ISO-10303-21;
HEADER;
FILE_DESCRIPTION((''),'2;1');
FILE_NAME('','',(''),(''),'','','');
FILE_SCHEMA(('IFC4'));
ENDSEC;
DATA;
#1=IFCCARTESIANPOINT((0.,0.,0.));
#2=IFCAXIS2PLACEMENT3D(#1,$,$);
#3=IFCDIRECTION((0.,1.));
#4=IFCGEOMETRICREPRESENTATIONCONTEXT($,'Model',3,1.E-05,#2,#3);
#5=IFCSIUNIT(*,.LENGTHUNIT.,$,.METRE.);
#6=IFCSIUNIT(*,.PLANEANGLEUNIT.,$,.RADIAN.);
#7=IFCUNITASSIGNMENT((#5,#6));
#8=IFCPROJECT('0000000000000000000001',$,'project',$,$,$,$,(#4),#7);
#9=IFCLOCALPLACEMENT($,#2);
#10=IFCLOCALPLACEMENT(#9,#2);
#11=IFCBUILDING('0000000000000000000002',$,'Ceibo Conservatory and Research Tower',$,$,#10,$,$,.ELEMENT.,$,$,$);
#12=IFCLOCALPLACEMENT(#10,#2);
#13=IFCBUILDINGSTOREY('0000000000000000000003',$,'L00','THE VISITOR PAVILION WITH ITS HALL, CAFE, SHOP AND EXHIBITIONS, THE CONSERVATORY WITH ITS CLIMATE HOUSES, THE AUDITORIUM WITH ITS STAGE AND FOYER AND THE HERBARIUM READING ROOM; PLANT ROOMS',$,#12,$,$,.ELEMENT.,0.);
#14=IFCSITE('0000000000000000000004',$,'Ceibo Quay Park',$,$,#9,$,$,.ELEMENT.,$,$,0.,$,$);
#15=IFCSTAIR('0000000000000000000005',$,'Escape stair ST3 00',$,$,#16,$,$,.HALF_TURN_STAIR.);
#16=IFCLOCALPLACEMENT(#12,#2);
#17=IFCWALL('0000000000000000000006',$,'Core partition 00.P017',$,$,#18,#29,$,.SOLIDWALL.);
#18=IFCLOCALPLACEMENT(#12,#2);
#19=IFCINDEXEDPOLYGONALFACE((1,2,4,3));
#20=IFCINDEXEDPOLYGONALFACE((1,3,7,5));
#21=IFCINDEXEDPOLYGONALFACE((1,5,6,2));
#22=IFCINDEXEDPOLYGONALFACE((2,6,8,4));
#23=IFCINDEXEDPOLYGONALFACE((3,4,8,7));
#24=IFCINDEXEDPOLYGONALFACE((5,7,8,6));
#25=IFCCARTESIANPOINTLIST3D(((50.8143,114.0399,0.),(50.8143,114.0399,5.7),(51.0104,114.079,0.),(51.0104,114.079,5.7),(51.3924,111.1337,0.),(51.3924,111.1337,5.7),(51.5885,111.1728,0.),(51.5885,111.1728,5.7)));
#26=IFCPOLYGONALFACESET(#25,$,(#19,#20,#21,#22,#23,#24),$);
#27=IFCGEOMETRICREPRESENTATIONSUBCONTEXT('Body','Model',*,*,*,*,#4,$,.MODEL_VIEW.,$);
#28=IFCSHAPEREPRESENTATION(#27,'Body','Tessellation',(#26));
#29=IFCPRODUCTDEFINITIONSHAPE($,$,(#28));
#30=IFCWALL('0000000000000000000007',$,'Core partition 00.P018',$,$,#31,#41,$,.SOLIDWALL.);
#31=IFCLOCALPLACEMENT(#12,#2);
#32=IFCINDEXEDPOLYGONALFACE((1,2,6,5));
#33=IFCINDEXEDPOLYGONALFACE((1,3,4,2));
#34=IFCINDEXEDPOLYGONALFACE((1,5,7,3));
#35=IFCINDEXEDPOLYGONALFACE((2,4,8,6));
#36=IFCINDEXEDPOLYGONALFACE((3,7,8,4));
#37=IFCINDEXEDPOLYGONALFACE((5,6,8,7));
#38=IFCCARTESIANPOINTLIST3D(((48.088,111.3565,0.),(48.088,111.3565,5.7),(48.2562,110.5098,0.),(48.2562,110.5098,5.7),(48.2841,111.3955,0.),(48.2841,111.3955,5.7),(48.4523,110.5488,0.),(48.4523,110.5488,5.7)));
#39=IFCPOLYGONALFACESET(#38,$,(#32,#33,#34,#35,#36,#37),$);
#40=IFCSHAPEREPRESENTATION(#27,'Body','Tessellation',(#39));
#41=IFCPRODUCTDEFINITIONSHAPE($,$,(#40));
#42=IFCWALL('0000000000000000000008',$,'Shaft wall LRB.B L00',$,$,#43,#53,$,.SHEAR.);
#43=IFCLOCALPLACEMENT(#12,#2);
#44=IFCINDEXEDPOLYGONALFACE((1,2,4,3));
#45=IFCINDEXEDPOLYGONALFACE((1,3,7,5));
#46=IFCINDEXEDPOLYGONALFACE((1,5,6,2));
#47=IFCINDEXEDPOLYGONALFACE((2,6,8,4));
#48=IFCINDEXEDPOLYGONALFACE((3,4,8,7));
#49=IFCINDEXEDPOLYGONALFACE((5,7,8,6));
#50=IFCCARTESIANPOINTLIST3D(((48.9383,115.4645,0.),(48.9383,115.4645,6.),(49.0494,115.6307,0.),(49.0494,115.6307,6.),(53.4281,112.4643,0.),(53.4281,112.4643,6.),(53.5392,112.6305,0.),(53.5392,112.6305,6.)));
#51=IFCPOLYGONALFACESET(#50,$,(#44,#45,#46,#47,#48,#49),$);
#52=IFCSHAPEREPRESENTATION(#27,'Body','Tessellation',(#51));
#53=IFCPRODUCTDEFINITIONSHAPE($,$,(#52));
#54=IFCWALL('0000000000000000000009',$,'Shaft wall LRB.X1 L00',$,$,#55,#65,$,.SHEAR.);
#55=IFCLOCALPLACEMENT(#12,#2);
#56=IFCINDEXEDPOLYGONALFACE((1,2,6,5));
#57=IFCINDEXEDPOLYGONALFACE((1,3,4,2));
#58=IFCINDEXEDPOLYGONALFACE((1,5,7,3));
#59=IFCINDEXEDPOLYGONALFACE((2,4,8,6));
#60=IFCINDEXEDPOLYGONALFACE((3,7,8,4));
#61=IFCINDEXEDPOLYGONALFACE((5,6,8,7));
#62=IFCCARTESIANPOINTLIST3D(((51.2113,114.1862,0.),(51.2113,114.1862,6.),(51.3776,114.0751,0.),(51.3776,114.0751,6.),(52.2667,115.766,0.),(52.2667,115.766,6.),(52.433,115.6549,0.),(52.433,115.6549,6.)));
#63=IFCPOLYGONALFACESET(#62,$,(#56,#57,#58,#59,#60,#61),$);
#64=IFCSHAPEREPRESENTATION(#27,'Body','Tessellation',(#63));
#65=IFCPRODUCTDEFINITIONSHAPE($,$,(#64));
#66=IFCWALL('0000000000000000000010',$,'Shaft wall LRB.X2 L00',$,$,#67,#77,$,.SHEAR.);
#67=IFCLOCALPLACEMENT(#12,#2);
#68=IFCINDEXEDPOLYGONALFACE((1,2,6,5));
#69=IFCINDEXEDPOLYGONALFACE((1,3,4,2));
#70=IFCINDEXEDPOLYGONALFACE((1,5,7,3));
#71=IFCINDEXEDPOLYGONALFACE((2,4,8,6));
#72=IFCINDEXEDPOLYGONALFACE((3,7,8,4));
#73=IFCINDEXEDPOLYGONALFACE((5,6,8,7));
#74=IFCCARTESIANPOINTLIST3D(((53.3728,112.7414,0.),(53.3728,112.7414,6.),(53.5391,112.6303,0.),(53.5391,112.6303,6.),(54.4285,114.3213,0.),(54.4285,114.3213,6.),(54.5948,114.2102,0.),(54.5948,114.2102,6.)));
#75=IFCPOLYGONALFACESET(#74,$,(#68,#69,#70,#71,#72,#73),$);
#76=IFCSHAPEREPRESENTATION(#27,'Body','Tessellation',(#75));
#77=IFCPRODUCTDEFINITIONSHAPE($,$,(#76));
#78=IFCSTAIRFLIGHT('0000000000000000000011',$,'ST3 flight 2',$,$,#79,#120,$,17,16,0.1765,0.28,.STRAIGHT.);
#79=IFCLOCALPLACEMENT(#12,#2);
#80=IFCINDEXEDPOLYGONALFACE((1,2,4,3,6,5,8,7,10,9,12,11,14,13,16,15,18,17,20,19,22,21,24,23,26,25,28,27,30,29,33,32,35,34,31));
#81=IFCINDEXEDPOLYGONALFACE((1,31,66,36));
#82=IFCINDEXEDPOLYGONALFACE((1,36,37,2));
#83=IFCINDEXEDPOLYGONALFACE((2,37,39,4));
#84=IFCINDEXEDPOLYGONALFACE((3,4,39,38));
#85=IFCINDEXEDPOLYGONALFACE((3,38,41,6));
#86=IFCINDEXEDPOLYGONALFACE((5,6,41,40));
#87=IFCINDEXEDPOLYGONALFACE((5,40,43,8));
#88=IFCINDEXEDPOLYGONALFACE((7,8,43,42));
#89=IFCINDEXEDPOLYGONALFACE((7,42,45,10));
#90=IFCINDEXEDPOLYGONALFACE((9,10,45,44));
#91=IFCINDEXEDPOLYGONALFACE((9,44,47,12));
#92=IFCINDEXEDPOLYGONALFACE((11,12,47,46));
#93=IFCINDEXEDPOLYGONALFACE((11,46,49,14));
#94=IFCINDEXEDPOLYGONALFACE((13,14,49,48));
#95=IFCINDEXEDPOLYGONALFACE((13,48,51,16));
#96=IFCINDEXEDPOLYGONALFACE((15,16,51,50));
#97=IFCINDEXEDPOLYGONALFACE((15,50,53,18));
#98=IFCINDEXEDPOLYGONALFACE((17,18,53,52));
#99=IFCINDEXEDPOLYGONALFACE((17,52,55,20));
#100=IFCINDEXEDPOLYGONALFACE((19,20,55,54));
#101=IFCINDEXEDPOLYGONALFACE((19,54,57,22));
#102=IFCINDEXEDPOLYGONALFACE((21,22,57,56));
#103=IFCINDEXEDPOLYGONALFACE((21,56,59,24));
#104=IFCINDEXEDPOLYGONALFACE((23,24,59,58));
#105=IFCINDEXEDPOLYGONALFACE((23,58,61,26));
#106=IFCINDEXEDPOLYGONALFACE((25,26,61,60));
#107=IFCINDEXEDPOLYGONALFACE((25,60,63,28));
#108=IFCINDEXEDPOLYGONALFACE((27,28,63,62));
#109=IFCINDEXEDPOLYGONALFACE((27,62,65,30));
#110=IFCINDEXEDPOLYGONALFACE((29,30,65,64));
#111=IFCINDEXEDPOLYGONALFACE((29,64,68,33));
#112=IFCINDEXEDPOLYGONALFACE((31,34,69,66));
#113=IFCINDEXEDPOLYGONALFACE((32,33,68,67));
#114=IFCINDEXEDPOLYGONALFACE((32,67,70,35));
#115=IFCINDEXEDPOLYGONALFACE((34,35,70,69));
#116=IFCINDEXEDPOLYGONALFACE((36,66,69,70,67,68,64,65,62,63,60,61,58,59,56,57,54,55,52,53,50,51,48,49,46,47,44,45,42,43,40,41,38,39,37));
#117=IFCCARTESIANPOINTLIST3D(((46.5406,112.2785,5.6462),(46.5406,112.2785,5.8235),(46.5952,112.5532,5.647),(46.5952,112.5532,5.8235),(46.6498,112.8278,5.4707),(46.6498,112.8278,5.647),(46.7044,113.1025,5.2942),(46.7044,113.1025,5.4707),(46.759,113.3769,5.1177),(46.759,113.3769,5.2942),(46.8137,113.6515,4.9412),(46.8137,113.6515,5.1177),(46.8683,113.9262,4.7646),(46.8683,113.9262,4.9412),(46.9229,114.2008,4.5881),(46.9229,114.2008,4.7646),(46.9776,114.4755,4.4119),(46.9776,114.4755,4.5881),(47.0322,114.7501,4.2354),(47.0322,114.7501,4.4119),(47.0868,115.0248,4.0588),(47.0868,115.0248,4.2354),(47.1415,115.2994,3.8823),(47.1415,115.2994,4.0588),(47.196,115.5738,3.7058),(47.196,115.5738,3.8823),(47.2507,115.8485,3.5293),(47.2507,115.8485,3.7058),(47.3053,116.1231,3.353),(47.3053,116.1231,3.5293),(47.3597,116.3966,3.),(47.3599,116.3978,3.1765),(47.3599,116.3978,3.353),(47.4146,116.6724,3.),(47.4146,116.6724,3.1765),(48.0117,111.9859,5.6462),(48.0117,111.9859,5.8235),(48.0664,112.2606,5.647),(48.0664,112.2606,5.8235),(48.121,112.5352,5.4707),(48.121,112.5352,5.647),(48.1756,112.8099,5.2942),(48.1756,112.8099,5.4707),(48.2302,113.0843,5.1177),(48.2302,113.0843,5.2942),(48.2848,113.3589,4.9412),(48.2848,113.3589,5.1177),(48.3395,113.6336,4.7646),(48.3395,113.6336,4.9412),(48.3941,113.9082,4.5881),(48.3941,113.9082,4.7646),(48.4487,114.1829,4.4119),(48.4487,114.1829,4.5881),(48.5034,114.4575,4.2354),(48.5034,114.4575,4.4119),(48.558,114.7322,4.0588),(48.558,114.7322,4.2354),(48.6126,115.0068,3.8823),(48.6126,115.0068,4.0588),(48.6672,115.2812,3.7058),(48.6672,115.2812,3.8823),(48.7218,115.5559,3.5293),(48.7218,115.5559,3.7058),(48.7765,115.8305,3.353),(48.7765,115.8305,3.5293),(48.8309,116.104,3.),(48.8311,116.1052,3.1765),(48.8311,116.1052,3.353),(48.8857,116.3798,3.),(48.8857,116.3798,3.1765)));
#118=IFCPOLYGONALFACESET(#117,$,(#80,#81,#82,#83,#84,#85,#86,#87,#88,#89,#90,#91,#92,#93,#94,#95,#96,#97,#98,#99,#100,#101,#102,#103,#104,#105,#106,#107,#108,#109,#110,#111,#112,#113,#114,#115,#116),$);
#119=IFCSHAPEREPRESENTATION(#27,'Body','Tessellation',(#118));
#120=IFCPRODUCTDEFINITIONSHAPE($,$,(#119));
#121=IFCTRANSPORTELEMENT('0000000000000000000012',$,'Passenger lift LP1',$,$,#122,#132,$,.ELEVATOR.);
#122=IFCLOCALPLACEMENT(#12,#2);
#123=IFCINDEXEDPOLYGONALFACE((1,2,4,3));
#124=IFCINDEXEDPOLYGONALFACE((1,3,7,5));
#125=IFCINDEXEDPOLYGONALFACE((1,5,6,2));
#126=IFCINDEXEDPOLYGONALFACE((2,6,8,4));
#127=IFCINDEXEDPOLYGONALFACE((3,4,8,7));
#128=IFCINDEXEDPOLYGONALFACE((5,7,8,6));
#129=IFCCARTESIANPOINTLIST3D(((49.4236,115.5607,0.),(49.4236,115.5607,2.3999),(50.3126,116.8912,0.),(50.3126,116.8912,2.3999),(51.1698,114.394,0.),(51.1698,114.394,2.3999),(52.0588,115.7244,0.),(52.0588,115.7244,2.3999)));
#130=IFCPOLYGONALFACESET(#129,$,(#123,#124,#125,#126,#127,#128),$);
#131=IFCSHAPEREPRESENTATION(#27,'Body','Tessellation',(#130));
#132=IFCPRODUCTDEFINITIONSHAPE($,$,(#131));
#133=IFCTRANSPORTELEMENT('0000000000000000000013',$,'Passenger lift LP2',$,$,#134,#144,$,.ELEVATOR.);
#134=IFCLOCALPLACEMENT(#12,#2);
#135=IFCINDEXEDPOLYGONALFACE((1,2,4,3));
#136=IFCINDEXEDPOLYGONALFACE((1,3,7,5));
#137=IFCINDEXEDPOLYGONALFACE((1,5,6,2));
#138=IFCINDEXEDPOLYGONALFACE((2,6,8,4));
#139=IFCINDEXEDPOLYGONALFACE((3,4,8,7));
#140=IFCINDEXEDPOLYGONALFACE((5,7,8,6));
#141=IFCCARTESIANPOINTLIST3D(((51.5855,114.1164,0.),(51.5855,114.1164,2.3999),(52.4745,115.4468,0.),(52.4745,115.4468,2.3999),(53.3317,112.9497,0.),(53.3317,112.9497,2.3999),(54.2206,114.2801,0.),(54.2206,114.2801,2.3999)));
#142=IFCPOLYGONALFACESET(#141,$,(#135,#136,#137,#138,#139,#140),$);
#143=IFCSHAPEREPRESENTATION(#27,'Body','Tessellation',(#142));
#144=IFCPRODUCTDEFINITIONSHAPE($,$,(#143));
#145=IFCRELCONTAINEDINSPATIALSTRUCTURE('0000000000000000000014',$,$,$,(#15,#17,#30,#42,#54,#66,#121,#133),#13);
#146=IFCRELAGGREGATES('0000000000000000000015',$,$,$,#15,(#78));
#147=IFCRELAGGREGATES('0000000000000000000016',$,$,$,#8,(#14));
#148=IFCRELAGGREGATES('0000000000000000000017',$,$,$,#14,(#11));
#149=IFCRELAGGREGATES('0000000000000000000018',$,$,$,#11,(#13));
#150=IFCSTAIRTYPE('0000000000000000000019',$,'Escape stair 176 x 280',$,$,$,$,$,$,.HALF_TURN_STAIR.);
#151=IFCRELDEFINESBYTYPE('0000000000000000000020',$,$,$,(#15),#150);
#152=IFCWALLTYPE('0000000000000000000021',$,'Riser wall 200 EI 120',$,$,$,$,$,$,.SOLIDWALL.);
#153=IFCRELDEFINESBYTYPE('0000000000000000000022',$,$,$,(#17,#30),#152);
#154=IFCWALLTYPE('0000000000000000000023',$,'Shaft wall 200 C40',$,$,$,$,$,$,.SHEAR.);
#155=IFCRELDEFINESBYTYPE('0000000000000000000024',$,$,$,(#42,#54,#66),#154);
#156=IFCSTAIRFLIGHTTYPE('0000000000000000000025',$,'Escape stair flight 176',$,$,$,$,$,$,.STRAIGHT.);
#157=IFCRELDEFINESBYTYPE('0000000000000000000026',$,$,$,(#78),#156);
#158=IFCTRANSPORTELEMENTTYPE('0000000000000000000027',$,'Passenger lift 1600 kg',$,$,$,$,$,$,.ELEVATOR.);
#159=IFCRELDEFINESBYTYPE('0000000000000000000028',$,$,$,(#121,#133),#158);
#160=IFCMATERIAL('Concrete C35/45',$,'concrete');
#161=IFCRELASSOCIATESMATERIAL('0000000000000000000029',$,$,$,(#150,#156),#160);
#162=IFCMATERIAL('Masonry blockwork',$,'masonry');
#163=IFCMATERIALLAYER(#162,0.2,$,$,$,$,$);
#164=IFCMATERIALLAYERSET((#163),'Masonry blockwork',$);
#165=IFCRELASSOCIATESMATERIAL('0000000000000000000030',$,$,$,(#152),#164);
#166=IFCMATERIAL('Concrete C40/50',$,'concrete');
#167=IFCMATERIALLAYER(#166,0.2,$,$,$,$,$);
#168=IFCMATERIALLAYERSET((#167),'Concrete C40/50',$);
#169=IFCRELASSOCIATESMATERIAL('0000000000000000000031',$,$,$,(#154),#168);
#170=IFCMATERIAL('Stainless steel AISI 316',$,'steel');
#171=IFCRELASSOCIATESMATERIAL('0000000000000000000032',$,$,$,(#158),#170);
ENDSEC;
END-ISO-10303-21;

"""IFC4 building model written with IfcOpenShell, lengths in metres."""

from ifc_helpers import new_model, si_unit, direction, frame, frame_2d, origin, origin_2d, place, context, subcontext, project, spatial, polyline, rectangle, outline, extrude, material, layer, layer_set, type_object, element, aggregate, save


model = new_model("IFC4")

# Units and contexts
model_context = context("Model", 3, precision=1e-05, world=origin(), true_north=direction((0.0, 1.0)))
body_context = subcontext(model_context, "Body", "Model", "MODEL_VIEW")
ifc_project = project(units=[si_unit("LENGTHUNIT", "METRE"), si_unit("PLANEANGLEUNIT", "RADIAN")], contexts=[model_context])

# Site, building, storey
site_placement = place(None, origin())
site = spatial("IfcSite", under=ifc_project, at=site_placement, Name="Ceibo Quay Park", CompositionType="ELEMENT", RefElevation=0.0)
building_placement = place(site_placement, origin())
building = spatial("IfcBuilding", under=site, at=building_placement, Name="Ceibo Conservatory and Research Tower", CompositionType="ELEMENT")
storey_placement = place(building_placement, origin())
storey = spatial("IfcBuildingStorey", under=building, at=storey_placement, Name="L00", Description="THE VISITOR PAVILION WITH ITS HALL, CAFE, SHOP AND EXHIBITIONS, THE CONSERVATORY WITH ITS CLIMATE HOUSES, THE AUDITORIUM WITH ITS STAGE AND FOYER AND THE HERBARIUM READING ROOM; PLANT ROOMS", CompositionType="ELEMENT", Elevation=0.0)

# Shared definitions
ifc_material_1 = material(Name="Concrete C35/45", Category="concrete")

# Stair
stair_type = type_object("IfcStairType", Name="Escape stair 176 x 280", PredefinedType="HALF_TURN_STAIR", material=ifc_material_1)
stair_placement = place(storey_placement, origin())
stair = element("IfcStair", 1, at=stair_placement, inside=storey, type_object=stair_type, Name="Escape stair ST3 00", PredefinedType="HALF_TURN_STAIR")

# Shared definitions
ifc_material_2 = material(Name="Concrete C40/50", Category="concrete")

# Walls
ifc_material_3 = material(Name="Masonry blockwork", Category="masonry")
ifc_layer_1 = layer(ifc_material_3, 0.2)
ifc_layer_set_1 = layer_set([ifc_layer_1], Name="Masonry blockwork")
wall_type_1 = type_object("IfcWallType", Name="Riser wall 200 EI 120", PredefinedType="SOLIDWALL", material=ifc_layer_set_1)
wall_1_placement = place(storey_placement, frame((50.9124, 114.0593, 0.0), z_axis=(0.0, 0.0, 1.0), x_axis=(0.195102, -0.980783, 0.0)))
element("IfcWall", 2, at=wall_1_placement, inside=storey, type_object=wall_type_1, Name="Core partition 00.P017", PredefinedType="SOLIDWALL", context=body_context, shape_type="SweptSolid", body=[
    extrude(rectangle(XDim=2.9631, YDim=0.2, at=frame_2d((1.4814, 0.0))), origin(), (0.0, 0.0, 1.0), 5.7),
])
wall_2_placement = place(storey_placement, frame((48.3542, 110.5293, 0.0), z_axis=(0.0, 0.0, 1.0), x_axis=(-0.194865, 0.98083, 0.0)))
element("IfcWall", 3, at=wall_2_placement, inside=storey, type_object=wall_type_1, Name="Core partition 00.P018", PredefinedType="SOLIDWALL", context=body_context, shape_type="SweptSolid", body=[
    extrude(rectangle(XDim=0.8633, YDim=0.2, at=frame_2d((0.4316, 0.0))), origin(), (0.0, 0.0, 1.0), 5.7),
])
ifc_layer_2 = layer(ifc_material_2, 0.2)
ifc_layer_set_2 = layer_set([ifc_layer_2], Name="Concrete C40/50")
wall_type_2 = type_object("IfcWallType", Name="Shaft wall 200 C40", PredefinedType="SHEAR", material=ifc_layer_set_2)
wall_3_placement = place(storey_placement, frame((48.9939, 115.5476, 0.0), z_axis=(0.0, 0.0, 1.0), x_axis=(0.831445, -0.555608, 0.0)))
element("IfcWall", 4, at=wall_3_placement, inside=storey, type_object=wall_type_2, Name="Shaft wall LRB.B L00", PredefinedType="SHEAR", context=body_context, shape_type="SweptSolid", body=[
    extrude(rectangle(XDim=5.3999, YDim=0.2, at=frame_2d((2.7, 0.0))), origin(), (0.0, 0.0, 1.0), 6.0),
])
wall_4_placement = place(storey_placement, frame((52.3499, 115.7104, 0.0), z_axis=(0.0, 0.0, 1.0), x_axis=(-0.555501, -0.831516, 0.0)))
element("IfcWall", 5, at=wall_4_placement, inside=storey, type_object=wall_type_2, Name="Shaft wall LRB.X1 L00", PredefinedType="SHEAR", context=body_context, shape_type="SweptSolid", body=[
    extrude(rectangle(XDim=1.8999, YDim=0.2, at=frame_2d((0.95, 0.0))), origin(), (0.0, 0.0, 1.0), 6.0),
])
wall_5_placement = place(storey_placement, frame((54.5117, 114.2659, 0.0), z_axis=(0.0, 0.0, 1.0), x_axis=(-0.555589, -0.831457, 0.0)))
element("IfcWall", 6, at=wall_5_placement, inside=storey, type_object=wall_type_2, Name="Shaft wall LRB.X2 L00", PredefinedType="SHEAR", context=body_context, shape_type="SweptSolid", body=[
    extrude(rectangle(XDim=1.9001, YDim=0.2, at=frame_2d((0.9502, 0.0))), origin(), (0.0, 0.0, 1.0), 6.0),
])

# Stair flight
stair_flight_type = type_object("IfcStairFlightType", Name="Escape stair flight 176", PredefinedType="STRAIGHT", material=ifc_material_1)
stair_flight_placement = place(storey_placement, frame((48.1501, 116.5261, 3.0), z_axis=(0.0, 0.0, 1.0), x_axis=(-0.19509, -0.980785, 0.0)))
stair_flight = element("IfcStairFlight", 7, at=stair_flight_placement, type_object=stair_flight_type, Name="ST3 flight 2", NumberOfRisers=17, NumberOfTreads=16, PredefinedType="STRAIGHT", RiserHeight=0.1765, TreadLength=0.28, context=body_context, shape_type="SweptSolid", body=[
    extrude(outline(polyline([(0.0, 0.0), (0.0, 0.1765), (0.28, 0.1765), (0.28, 0.353), (0.5601, 0.353), (0.5601, 0.5293), (0.8401, 0.5293), (0.8401, 0.7058), (1.1201, 0.7058), (1.1201, 0.8823), (1.3999, 0.8823), (1.3999, 1.0588), (1.6799, 1.0588), (1.6799, 1.2354), (1.96, 1.2354), (1.96, 1.4119), (2.24, 1.4119), (2.24, 1.5881), (2.52, 1.5881), (2.52, 1.7646), (2.8, 1.7646), (2.8, 1.9412), (3.0801, 1.9412), (3.0801, 2.1177), (3.3601, 2.1177), (3.3601, 2.2942), (3.6399, 2.2942), (3.6399, 2.4707), (3.9199, 2.4707), (3.9199, 2.647), (4.2, 2.647), (4.2, 2.8235), (4.48, 2.8235), (4.48, 3.0), (4.48, 2.6462), (0.2812, 0.0), (0.0, 0.0)])), frame((0.0, 0.75, 0.0), z_axis=(0.0, -1.0, 0.0), x_axis=(1.0, 0.0, 0.0)), (0.0, 0.0, 1.0), 1.5),
])
aggregate(stair, [stair_flight])

# Shared definitions
ifc_material_4 = material(Name="Stainless steel AISI 316", Category="steel")

# Transport elements
transport_element_type = type_object("IfcTransportElementType", Name="Passenger lift 1600 kg", PredefinedType="ELEVATOR", material=ifc_material_4)
for number, where, z_axis, x_axis, name in (
    (8, (50.7412, 115.6426, 0.0), (0.0, 0.0, 1.0), (0.55557, 0.83147, 0.0), "Passenger lift LP1"),
    (9, (52.9031, 114.1982, 0.0), (0.0, 0.0, 1.0), (0.55557, 0.83147, 0.0), "Passenger lift LP2"),
):
    element("IfcTransportElement", number, at=place(storey_placement, frame(where, z_axis=z_axis, x_axis=x_axis)), inside=storey, type_object=transport_element_type, Name=name, PredefinedType="ELEVATOR", context=body_context, shape_type="SweptSolid", body=[
        extrude(rectangle(XDim=1.6001, YDim=2.1001, at=origin_2d()), origin(), (0.0, 0.0, 1.0), 2.3999),
    ])

save(model, "model.ifc")
